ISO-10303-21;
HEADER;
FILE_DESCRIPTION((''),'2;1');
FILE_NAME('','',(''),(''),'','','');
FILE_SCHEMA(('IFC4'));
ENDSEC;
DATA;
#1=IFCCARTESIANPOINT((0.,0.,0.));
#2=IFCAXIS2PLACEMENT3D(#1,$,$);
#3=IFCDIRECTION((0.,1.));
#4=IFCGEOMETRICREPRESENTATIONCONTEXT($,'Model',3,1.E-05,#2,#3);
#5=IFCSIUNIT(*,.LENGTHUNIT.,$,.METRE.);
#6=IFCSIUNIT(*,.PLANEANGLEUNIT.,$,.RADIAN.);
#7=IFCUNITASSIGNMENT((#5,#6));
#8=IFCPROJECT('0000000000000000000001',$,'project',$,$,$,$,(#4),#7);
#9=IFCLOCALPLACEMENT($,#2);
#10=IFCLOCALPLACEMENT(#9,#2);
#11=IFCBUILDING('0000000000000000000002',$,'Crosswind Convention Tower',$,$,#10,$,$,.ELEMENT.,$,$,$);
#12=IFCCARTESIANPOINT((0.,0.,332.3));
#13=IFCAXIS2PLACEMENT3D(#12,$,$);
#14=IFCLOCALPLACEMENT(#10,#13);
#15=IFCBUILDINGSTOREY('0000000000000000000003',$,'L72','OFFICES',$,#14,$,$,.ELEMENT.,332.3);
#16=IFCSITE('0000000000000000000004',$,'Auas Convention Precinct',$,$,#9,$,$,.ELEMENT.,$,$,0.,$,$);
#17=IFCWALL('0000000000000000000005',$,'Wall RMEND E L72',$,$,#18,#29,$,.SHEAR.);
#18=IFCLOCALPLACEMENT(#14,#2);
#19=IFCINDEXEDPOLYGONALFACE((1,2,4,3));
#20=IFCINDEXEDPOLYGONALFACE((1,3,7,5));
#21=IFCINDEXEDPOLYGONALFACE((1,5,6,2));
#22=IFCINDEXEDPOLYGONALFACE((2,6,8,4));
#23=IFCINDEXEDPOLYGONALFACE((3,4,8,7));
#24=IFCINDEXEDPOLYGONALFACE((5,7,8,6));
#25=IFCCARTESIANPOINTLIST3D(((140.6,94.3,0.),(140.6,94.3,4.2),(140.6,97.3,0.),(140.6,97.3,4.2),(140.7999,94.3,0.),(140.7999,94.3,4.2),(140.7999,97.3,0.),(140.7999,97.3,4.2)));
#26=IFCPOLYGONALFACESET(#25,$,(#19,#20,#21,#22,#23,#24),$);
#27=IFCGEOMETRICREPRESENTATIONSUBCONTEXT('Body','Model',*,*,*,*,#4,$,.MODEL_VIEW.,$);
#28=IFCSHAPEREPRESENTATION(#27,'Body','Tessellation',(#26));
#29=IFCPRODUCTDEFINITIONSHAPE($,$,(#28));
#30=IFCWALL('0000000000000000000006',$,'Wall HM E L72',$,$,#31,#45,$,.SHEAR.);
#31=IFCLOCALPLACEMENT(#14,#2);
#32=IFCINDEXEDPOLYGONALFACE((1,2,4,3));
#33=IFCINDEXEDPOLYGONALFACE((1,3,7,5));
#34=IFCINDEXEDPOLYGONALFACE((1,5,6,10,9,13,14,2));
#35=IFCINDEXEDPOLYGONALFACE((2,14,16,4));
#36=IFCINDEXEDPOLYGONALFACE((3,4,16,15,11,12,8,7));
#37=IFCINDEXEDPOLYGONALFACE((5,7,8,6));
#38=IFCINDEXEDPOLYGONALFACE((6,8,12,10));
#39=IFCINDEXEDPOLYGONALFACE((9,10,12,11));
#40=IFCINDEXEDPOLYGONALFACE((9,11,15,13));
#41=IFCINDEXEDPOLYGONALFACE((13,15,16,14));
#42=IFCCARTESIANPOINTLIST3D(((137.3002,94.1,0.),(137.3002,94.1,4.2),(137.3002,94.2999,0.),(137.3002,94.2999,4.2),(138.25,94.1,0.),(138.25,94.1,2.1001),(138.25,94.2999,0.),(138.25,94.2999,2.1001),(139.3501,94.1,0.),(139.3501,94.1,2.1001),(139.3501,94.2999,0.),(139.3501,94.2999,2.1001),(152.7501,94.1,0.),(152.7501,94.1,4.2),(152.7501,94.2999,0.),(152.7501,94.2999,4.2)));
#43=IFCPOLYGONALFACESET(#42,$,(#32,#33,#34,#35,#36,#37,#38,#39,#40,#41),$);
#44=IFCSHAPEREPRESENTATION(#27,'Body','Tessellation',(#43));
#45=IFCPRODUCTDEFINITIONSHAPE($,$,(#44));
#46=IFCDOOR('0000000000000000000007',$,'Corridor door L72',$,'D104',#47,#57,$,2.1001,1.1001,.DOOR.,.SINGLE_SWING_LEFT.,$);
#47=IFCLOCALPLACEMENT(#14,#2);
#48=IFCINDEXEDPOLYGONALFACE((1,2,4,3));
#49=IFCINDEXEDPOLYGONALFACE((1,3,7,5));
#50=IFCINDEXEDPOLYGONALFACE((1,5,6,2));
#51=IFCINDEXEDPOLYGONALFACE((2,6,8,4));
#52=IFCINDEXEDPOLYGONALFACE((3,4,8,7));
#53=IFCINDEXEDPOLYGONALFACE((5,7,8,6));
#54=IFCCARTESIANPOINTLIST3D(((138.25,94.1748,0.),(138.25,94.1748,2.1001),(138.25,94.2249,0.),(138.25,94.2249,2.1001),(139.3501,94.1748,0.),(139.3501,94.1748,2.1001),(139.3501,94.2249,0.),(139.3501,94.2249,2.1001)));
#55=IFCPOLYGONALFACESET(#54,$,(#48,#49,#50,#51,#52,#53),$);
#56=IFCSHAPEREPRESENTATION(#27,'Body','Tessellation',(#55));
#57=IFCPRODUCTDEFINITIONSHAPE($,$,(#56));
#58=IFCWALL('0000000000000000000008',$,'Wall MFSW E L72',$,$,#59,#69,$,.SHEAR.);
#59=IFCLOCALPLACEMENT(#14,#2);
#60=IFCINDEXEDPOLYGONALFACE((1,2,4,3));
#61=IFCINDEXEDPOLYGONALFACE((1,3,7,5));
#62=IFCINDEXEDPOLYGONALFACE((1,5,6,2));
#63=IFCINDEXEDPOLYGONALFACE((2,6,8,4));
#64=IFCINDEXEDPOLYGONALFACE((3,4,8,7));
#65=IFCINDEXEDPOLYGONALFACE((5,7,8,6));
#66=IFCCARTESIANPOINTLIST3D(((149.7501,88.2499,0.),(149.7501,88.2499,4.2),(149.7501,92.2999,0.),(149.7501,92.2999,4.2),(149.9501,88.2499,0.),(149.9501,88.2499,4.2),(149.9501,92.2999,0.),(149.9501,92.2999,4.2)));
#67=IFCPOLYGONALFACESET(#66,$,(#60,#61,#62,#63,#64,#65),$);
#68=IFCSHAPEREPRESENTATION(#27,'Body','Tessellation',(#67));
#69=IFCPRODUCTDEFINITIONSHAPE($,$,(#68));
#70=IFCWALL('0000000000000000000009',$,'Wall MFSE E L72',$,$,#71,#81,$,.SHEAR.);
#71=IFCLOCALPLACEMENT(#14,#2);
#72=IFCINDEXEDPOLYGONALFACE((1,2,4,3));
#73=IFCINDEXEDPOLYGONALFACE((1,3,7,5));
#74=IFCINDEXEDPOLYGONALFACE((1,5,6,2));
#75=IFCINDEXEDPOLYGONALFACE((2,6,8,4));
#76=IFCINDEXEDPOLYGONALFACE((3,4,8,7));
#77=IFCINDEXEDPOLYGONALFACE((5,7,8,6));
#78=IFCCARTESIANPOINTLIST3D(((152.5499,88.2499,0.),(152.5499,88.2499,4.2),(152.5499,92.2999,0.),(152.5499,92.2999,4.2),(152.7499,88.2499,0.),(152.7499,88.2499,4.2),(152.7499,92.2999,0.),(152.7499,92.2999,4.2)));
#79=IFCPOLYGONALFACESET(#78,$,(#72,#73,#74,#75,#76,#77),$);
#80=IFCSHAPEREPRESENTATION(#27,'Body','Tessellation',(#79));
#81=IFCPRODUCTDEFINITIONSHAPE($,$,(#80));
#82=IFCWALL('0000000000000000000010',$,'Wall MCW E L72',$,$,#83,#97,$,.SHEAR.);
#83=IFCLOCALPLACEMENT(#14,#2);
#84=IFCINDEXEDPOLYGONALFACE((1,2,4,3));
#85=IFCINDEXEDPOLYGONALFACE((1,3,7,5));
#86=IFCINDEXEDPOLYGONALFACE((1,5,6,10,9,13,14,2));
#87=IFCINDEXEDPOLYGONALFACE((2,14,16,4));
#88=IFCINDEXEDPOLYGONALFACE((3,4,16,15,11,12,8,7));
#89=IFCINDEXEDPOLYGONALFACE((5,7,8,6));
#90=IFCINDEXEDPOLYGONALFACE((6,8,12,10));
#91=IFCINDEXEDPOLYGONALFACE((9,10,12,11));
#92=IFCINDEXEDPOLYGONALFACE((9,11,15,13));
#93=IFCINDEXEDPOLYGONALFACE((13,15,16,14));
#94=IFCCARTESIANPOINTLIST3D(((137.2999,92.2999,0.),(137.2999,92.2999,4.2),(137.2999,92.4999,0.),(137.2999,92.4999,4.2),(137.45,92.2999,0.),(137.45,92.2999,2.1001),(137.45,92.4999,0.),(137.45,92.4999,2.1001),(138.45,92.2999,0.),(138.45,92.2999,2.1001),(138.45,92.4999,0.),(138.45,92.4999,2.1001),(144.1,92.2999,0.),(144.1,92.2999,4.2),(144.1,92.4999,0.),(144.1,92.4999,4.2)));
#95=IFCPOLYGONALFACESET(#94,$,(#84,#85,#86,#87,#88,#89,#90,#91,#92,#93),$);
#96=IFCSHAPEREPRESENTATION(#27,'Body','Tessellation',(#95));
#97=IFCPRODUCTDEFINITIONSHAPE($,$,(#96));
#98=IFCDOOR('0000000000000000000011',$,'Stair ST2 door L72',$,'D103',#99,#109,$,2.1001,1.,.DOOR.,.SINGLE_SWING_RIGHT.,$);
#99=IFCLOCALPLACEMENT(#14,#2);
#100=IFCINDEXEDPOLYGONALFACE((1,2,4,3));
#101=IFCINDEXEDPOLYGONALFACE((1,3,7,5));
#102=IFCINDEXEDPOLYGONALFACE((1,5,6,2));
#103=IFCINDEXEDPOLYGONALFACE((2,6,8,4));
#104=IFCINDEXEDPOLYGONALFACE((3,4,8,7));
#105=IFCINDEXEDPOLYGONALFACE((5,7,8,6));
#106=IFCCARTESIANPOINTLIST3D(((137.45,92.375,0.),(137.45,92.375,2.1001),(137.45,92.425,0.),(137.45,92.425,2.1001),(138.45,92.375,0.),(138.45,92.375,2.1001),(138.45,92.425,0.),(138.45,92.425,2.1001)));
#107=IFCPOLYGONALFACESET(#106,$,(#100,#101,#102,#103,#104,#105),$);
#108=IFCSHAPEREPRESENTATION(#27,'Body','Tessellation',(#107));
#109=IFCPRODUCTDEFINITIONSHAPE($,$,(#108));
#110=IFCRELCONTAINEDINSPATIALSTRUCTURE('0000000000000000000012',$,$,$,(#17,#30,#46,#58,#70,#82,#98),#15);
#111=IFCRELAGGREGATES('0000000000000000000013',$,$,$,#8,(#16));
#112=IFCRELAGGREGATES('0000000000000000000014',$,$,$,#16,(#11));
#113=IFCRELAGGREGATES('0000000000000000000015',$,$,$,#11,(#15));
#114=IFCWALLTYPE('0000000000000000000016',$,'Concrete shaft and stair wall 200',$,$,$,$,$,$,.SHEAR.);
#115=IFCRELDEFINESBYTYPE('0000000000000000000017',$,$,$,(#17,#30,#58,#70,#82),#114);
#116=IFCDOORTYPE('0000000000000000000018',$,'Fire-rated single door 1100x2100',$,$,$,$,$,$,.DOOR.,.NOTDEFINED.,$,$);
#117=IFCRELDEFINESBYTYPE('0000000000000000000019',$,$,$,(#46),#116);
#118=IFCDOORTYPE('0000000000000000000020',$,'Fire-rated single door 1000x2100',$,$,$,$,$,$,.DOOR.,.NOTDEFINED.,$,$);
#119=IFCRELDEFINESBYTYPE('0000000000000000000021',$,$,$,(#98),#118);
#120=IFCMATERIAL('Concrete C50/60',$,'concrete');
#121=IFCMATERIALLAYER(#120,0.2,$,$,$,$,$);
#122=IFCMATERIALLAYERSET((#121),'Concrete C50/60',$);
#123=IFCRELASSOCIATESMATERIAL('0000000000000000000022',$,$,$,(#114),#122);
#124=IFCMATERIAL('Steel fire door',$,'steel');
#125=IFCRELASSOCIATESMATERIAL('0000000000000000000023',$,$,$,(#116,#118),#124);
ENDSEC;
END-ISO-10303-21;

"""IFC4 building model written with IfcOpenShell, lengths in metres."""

from ifc_helpers import new_model, si_unit, direction, frame, frame_2d, origin, place, context, subcontext, project, spatial, rectangle, extrude, material, layer, layer_set, type_object, element, fill, save


model = new_model("IFC4")

# Units and contexts
model_context = context("Model", 3, precision=1e-05, world=origin(), true_north=direction((0.0, 1.0)))
body_context = subcontext(model_context, "Body", "Model", "MODEL_VIEW")
ifc_project = project(units=[si_unit("LENGTHUNIT", "METRE"), si_unit("PLANEANGLEUNIT", "RADIAN")], contexts=[model_context])

# Site, building, storey
site_placement = place(None, origin())
site = spatial("IfcSite", under=ifc_project, at=site_placement, Name="Auas Convention Precinct", CompositionType="ELEMENT", RefElevation=0.0)
building_placement = place(site_placement, origin())
building = spatial("IfcBuilding", under=site, at=building_placement, Name="Crosswind Convention Tower", CompositionType="ELEMENT")
storey_placement = place(building_placement, frame((0.0, 0.0, 332.3)))
storey = spatial("IfcBuildingStorey", under=building, at=storey_placement, Name="L72", Description="OFFICES", CompositionType="ELEMENT", Elevation=332.3)

# Shared definitions
ifc_material_1 = material(Name="Concrete C50/60", Category="concrete")

# Wall
ifc_layer_1 = layer(ifc_material_1, 0.2)
ifc_layer_set_1 = layer_set([ifc_layer_1], Name="Concrete C50/60")
wall_type_1 = type_object("IfcWallType", Name="Concrete shaft and stair wall 200", PredefinedType="SHEAR", material=ifc_layer_set_1)
wall_1_placement = place(storey_placement, frame((140.7, 94.3, 0.0), z_axis=(0.0, 0.0, 1.0), x_axis=(0.0, 1.0, 0.0)))
element("IfcWall", 1, at=wall_1_placement, inside=storey, type_object=wall_type_1, Name="Wall RMEND E L72", PredefinedType="SHEAR", context=body_context, shape_type="SweptSolid", body=[
    extrude(rectangle(XDim=3.0, YDim=0.2, at=frame_2d((1.5, 0.0))), origin(), (0.0, 0.0, 1.0), 4.2),
])

# Wall, opening, door
wall_2_placement = place(storey_placement, frame((137.3, 94.2, 0.0), z_axis=(0.0, 0.0, 1.0), x_axis=(1.0, 0.0, 0.0)))
wall_2 = element("IfcWall", 2, at=wall_2_placement, inside=storey, type_object=wall_type_1, Name="Wall HM E L72", PredefinedType="SHEAR", context=body_context, shape_type="SweptSolid", body=[
    extrude(rectangle(XDim=15.45, YDim=0.2, at=frame_2d((7.7251, 0.0))), origin(), (0.0, 0.0, 1.0), 4.2),
])
opening_1_placement = place(wall_2_placement, frame((0.95, 0.0, 0.0)))
opening_1 = element("IfcOpeningElement", 3, at=opening_1_placement, cuts=wall_2, PredefinedType="OPENING", context=body_context, shape_type="SweptSolid", body=[
    extrude(rectangle(XDim=1.1001, YDim=2.1001, at=frame_2d((0.55, 1.05))), frame((0.0, 0.1099, 0.0), z_axis=(0.0, -1.0, 0.0), x_axis=(1.0, 0.0, 0.0)), (0.0, 0.0, 1.0), 0.22),
])
ifc_material_2 = material(Name="Steel fire door", Category="steel")
door_type_1 = type_object("IfcDoorType", Name="Fire-rated single door 1100x2100", OperationType="NOTDEFINED", PredefinedType="DOOR", material=ifc_material_2)
door_1_placement = place(opening_1_placement, origin())
door_1 = element("IfcDoor", 4, at=door_1_placement, inside=storey, type_object=door_type_1, Name="Corridor door L72", ObjectType="D104", OperationType="SINGLE_SWING_LEFT", OverallHeight=2.1001, OverallWidth=1.1001, PredefinedType="DOOR", context=body_context, shape_type="SweptSolid", body=[
    extrude(rectangle(XDim=1.1001, YDim=2.1001, at=frame_2d((0.55, 1.05))), frame((0.0, 0.0249, 0.0), z_axis=(0.0, -1.0, 0.0), x_axis=(1.0, 0.0, 0.0)), (0.0, 0.0, 1.0), 0.05),
])
fill(opening_1, door_1)

# Walls
for number, where, z_axis, x_axis, name in (
    (5, (149.8501, 88.25, 0.0), (0.0, 0.0, 1.0), (0.0, 1.0, 0.0), "Wall MFSW E L72"),
    (6, (152.6499, 88.25, 0.0), (0.0, 0.0, 1.0), (0.0, 1.0, 0.0), "Wall MFSE E L72"),
):
    element("IfcWall", number, at=place(storey_placement, frame(where, z_axis=z_axis, x_axis=x_axis)), inside=storey, type_object=wall_type_1, Name=name, PredefinedType="SHEAR", context=body_context, shape_type="SweptSolid", body=[
        extrude(rectangle(XDim=4.05, YDim=0.2, at=frame_2d((2.0249, 0.0))), origin(), (0.0, 0.0, 1.0), 4.2),
    ])

# Wall, opening, door
wall_3_placement = place(storey_placement, frame((137.3, 92.3999, 0.0), z_axis=(0.0, 0.0, 1.0), x_axis=(1.0, 0.0, 0.0)))
wall_3 = element("IfcWall", 7, at=wall_3_placement, inside=storey, type_object=wall_type_1, Name="Wall MCW E L72", PredefinedType="SHEAR", context=body_context, shape_type="SweptSolid", body=[
    extrude(rectangle(XDim=6.8, YDim=0.2, at=frame_2d((3.3999, 0.0))), origin(), (0.0, 0.0, 1.0), 4.2),
])
opening_2_placement = place(wall_3_placement, frame((0.1499, 0.0, 0.0)))
opening_2 = element("IfcOpeningElement", 8, at=opening_2_placement, cuts=wall_3, PredefinedType="OPENING", context=body_context, shape_type="SweptSolid", body=[
    extrude(rectangle(XDim=1.0, YDim=2.1001, at=frame_2d((0.5, 1.05))), frame((0.0, 0.1099, 0.0), z_axis=(0.0, -1.0, 0.0), x_axis=(1.0, 0.0, 0.0)), (0.0, 0.0, 1.0), 0.22),
])
door_type_2 = type_object("IfcDoorType", Name="Fire-rated single door 1000x2100", OperationType="NOTDEFINED", PredefinedType="DOOR", material=ifc_material_2)
door_2_placement = place(opening_2_placement, frame((1.0, 0.0, 0.0), z_axis=(0.0, 0.0, 1.0), x_axis=(-1.0, 0.0, 0.0)))
door_2 = element("IfcDoor", 9, at=door_2_placement, inside=storey, type_object=door_type_2, Name="Stair ST2 door L72", ObjectType="D103", OperationType="SINGLE_SWING_RIGHT", OverallHeight=2.1001, OverallWidth=1.0, PredefinedType="DOOR", context=body_context, shape_type="SweptSolid", body=[
    extrude(rectangle(XDim=1.0, YDim=2.1001, at=frame_2d((0.5, 1.05))), frame((0.0, 0.0249, 0.0), z_axis=(0.0, -1.0, 0.0), x_axis=(1.0, 0.0, 0.0)), (0.0, 0.0, 1.0), 0.05),
])
fill(opening_2, door_2)

save(model, "model.ifc")
